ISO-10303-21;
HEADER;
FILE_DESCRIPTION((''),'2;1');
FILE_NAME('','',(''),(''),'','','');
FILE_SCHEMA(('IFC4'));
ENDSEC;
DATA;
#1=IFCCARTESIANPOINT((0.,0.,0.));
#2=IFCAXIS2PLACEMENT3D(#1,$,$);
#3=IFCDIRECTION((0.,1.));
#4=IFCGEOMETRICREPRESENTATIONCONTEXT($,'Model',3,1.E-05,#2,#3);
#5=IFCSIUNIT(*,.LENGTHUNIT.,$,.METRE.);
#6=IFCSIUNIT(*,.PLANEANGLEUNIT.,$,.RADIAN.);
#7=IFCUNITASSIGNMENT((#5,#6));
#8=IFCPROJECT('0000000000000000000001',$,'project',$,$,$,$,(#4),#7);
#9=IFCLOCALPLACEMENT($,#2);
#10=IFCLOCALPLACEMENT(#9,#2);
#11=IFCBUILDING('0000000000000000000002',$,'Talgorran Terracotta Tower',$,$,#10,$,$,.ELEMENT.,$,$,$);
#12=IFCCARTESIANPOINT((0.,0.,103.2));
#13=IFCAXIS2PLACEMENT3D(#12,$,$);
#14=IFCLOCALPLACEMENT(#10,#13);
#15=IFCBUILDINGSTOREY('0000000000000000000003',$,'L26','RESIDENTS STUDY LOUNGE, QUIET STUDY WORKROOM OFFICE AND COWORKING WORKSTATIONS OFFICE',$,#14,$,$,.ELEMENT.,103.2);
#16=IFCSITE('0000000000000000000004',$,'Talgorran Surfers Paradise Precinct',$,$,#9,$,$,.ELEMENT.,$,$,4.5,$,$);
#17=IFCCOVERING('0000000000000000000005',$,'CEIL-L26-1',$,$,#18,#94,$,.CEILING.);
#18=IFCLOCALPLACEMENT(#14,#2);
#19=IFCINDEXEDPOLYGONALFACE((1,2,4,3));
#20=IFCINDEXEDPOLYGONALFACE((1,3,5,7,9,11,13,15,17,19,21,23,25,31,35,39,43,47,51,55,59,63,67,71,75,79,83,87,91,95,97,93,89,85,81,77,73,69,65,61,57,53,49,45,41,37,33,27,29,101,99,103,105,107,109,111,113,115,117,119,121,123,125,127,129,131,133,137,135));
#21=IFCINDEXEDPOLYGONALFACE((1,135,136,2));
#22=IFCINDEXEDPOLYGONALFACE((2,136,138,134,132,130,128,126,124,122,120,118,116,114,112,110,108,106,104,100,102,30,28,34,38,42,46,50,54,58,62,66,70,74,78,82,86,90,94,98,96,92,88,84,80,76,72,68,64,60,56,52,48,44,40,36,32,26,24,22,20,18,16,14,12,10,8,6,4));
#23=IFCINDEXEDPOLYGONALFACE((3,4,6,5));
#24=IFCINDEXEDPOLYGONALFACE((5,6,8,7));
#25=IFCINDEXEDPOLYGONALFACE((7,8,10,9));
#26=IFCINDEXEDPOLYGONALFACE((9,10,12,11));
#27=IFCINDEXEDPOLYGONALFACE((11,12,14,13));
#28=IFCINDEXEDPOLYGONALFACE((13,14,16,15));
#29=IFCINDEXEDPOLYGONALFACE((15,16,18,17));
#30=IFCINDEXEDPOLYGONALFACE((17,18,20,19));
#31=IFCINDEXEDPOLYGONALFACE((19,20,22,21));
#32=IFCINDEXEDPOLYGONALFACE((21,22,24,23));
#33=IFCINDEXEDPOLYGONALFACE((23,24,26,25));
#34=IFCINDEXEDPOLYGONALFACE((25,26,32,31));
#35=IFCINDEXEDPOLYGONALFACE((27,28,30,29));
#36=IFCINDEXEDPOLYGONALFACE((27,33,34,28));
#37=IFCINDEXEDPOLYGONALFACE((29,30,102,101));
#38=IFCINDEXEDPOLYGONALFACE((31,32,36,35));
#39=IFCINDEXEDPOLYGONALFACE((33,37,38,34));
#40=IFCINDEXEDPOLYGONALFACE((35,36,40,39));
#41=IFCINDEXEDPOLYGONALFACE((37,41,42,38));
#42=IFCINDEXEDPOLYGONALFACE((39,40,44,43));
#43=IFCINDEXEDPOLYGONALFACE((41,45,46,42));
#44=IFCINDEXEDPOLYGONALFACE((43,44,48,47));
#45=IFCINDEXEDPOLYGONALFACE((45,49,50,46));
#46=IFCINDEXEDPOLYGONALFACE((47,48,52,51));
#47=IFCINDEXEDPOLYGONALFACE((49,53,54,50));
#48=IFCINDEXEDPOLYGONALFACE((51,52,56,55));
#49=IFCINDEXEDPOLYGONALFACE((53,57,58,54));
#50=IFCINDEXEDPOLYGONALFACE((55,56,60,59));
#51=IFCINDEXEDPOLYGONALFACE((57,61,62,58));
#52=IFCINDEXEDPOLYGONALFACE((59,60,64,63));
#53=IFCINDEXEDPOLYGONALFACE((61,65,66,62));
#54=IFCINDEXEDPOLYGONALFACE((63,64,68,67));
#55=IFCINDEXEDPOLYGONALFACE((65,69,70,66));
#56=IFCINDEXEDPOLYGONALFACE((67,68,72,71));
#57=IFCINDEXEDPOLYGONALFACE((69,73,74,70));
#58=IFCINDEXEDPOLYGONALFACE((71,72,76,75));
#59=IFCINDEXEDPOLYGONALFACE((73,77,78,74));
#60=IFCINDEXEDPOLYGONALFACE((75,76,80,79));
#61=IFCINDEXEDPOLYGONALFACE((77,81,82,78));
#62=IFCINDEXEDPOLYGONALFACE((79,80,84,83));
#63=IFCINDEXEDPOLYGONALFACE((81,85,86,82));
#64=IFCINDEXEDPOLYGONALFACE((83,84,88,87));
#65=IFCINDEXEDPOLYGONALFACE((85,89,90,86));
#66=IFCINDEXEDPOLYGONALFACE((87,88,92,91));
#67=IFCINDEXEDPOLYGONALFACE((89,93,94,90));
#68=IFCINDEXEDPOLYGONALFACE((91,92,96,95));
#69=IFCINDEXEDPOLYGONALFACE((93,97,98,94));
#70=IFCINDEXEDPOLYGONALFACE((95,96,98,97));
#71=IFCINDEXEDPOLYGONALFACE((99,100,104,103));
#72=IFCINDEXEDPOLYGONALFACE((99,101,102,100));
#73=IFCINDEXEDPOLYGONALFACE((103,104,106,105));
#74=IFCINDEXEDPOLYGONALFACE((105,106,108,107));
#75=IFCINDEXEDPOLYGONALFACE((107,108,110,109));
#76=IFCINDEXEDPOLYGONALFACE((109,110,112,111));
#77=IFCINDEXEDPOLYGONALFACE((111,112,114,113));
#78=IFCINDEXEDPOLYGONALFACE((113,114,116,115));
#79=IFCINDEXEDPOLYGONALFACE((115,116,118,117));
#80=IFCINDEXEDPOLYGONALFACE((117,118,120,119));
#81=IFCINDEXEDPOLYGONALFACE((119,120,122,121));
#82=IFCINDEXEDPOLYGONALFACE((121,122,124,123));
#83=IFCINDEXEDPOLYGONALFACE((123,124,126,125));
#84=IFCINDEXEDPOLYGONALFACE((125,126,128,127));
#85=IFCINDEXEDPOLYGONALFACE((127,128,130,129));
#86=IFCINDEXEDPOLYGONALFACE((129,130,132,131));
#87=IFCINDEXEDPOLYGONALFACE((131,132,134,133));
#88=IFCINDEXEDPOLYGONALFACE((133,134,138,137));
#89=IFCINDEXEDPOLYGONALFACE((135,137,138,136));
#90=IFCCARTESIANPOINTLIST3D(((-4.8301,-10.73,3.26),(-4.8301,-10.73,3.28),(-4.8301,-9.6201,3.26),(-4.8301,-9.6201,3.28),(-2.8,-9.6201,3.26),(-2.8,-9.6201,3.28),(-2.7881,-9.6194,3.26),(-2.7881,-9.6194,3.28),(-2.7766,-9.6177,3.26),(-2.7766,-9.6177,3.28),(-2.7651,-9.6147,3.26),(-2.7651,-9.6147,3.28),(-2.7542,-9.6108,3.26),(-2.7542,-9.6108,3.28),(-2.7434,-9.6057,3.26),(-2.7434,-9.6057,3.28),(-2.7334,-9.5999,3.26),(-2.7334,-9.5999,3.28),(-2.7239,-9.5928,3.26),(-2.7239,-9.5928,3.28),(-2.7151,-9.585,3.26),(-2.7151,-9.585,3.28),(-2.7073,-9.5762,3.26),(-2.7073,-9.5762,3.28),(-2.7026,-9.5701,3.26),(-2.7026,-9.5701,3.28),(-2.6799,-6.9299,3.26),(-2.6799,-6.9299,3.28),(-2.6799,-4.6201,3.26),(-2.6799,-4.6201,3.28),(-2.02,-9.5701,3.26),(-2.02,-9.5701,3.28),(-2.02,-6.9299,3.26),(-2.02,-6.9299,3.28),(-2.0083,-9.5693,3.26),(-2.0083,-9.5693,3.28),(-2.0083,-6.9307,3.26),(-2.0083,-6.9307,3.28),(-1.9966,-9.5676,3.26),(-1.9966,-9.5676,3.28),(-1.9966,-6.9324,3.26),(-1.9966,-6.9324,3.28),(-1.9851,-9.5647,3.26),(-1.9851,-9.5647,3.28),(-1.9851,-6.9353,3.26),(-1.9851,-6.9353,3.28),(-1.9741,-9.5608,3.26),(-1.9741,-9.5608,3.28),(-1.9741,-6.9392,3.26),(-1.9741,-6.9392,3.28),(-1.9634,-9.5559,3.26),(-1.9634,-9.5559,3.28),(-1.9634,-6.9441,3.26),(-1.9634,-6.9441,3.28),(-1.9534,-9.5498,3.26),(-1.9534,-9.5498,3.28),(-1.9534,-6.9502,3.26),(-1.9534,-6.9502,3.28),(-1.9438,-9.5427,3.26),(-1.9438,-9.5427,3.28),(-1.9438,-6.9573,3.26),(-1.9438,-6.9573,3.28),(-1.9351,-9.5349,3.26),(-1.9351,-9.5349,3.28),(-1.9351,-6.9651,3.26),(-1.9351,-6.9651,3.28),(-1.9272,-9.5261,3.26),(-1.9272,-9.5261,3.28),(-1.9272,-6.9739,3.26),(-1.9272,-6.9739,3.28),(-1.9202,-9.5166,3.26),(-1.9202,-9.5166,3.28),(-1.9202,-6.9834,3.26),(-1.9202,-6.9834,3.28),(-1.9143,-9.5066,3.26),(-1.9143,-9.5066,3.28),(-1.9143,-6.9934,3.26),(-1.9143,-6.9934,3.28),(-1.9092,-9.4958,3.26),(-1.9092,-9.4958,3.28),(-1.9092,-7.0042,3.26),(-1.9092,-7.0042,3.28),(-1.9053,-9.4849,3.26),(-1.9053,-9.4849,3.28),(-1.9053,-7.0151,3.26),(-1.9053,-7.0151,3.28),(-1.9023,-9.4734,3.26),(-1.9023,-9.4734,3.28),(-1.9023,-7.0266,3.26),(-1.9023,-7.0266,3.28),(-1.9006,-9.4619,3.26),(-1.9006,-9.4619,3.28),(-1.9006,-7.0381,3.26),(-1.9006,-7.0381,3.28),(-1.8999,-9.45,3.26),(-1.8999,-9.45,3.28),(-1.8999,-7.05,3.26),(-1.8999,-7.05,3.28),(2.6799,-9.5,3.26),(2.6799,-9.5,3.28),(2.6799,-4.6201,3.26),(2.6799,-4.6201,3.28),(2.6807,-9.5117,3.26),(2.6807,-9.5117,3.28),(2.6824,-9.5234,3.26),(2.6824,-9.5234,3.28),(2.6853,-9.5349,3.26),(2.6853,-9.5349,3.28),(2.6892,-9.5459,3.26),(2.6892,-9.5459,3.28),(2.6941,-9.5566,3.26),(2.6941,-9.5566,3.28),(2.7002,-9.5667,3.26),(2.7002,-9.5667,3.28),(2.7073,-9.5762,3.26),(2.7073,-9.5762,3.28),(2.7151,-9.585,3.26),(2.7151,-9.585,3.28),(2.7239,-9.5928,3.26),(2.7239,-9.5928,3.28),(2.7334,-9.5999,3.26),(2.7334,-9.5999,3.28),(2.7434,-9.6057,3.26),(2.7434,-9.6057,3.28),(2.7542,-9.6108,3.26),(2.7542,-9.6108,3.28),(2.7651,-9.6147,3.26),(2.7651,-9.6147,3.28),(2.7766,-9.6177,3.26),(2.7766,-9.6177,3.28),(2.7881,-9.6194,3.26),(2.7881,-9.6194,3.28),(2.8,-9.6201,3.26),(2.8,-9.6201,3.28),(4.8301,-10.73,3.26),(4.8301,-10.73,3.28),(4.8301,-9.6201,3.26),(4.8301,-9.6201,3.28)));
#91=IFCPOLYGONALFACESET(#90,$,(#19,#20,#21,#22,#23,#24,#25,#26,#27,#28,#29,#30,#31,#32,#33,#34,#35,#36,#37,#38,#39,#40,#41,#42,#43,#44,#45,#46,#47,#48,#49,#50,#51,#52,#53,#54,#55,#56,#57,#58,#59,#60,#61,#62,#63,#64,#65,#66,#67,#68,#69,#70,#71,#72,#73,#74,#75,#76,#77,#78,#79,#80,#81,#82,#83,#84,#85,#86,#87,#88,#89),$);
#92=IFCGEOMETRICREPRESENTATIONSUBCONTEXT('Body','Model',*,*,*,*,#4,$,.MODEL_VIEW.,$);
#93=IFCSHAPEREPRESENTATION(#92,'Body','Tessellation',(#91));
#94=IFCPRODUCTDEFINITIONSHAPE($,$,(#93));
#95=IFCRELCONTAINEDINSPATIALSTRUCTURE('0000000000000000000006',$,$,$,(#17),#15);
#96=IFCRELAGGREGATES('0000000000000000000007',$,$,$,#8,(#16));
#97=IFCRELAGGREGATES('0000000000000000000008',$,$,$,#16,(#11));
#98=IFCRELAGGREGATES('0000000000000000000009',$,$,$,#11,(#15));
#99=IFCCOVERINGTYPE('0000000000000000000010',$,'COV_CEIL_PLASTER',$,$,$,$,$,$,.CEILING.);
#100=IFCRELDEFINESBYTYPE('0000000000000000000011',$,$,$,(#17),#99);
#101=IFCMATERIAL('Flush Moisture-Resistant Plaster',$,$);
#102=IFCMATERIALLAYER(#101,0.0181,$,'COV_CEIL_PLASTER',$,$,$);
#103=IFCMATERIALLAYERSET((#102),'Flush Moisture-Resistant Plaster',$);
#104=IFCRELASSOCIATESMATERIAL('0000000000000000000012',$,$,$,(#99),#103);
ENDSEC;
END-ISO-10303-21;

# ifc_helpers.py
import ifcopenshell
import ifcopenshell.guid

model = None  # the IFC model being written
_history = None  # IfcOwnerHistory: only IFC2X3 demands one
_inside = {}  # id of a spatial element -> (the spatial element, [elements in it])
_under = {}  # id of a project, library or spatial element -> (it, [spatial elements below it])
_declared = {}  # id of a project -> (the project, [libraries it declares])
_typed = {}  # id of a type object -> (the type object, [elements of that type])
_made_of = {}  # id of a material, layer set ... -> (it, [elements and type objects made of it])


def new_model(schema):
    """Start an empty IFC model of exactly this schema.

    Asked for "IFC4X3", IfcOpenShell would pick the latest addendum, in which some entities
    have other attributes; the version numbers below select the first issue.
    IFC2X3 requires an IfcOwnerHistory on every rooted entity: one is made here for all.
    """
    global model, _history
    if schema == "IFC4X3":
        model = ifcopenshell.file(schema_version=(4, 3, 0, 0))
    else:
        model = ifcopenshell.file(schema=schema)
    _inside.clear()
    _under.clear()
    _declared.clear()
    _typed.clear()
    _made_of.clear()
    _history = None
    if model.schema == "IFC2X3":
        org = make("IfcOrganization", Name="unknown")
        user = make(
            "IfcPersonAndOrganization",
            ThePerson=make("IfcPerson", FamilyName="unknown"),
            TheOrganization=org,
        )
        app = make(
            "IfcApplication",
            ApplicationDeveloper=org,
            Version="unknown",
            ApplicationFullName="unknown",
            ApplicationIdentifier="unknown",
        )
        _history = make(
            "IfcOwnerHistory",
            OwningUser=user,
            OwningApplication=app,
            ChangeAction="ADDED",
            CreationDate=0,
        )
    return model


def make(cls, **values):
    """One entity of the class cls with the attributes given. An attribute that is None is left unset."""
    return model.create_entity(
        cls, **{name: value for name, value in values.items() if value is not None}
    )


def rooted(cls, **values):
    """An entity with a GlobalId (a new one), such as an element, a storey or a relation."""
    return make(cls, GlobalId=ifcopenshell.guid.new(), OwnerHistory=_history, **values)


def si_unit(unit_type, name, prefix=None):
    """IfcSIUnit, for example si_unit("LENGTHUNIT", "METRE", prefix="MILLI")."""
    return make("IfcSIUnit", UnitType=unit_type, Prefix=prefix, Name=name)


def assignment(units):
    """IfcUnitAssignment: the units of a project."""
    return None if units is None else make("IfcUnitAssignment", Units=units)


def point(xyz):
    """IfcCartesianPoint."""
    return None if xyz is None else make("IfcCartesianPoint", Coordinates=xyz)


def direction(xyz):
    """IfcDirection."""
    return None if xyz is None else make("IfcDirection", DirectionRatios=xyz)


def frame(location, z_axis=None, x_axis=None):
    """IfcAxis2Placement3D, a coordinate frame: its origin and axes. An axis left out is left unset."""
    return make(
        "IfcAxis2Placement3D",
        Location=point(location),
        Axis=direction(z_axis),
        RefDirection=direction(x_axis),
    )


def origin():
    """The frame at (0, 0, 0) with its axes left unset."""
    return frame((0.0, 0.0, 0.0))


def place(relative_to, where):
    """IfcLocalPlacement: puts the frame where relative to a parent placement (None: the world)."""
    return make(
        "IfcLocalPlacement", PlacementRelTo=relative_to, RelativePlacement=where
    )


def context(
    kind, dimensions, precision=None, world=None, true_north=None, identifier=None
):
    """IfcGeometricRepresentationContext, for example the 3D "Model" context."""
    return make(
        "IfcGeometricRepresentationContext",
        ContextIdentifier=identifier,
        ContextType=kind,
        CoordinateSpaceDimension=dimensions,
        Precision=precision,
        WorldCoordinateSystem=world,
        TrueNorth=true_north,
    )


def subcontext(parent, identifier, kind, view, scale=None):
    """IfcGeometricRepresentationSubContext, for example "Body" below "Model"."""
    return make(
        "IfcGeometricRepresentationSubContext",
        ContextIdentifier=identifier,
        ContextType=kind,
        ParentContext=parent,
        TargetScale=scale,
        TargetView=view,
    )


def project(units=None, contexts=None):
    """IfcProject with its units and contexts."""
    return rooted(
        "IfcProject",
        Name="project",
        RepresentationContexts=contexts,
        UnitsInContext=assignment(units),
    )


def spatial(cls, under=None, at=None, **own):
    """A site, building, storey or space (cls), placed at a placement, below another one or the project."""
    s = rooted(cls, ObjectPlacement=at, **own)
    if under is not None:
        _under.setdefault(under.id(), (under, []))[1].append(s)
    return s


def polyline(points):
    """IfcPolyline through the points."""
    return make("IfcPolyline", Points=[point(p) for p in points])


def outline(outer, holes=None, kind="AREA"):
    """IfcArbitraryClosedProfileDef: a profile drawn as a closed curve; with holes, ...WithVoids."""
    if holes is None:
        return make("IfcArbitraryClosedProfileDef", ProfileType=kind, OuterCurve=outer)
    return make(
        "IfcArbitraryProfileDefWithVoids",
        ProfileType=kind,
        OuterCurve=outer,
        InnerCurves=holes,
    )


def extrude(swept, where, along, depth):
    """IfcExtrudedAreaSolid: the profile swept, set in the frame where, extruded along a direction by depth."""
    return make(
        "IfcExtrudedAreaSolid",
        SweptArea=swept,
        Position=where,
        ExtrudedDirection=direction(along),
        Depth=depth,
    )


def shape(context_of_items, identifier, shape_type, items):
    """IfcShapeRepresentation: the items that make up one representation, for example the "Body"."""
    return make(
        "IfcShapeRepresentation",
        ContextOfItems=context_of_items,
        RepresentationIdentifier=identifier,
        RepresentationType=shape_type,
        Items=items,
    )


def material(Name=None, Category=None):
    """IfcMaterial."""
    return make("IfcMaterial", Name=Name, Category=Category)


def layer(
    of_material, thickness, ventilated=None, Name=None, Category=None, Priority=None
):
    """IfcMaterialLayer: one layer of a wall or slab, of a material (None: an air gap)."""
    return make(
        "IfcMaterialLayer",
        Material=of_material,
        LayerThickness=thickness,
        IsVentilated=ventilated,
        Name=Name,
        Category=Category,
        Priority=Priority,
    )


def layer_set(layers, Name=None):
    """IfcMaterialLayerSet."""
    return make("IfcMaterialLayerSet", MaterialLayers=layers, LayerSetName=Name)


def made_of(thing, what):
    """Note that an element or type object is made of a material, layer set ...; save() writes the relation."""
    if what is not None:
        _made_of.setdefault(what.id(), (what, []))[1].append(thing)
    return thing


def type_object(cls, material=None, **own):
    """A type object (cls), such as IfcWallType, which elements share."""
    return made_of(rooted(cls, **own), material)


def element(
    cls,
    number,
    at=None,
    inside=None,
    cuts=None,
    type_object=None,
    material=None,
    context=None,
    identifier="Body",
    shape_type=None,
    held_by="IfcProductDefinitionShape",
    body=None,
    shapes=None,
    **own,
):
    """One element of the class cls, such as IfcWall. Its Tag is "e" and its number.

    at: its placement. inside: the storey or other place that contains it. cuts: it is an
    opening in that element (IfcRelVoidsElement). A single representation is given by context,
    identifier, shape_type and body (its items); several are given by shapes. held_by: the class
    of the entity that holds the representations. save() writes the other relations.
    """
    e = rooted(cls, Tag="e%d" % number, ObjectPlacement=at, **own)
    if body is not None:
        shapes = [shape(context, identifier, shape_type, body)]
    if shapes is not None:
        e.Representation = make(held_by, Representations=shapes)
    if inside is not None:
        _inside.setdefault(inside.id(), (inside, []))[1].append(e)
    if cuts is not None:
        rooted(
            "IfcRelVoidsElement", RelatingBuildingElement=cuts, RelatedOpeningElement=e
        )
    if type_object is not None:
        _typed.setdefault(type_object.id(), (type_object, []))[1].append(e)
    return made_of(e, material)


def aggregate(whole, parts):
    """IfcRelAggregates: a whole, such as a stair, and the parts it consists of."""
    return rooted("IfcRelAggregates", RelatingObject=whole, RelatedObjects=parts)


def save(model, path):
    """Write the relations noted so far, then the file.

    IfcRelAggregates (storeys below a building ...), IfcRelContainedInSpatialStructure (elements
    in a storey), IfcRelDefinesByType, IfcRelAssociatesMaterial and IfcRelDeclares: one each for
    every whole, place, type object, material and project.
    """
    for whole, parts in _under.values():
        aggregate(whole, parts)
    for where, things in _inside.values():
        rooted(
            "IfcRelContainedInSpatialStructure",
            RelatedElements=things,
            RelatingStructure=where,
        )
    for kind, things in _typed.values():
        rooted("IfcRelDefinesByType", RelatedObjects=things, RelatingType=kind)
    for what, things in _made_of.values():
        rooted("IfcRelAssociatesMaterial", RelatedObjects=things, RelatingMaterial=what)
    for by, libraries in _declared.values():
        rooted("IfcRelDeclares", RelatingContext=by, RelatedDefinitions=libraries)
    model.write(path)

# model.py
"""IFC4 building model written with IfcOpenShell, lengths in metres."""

from ifc_helpers import new_model, si_unit, direction, frame, origin, place, context, subcontext, project, spatial, polyline, outline, extrude, material, layer, layer_set, type_object, element, save


model = new_model("IFC4")

# Units and contexts
model_context = context("Model", 3, precision=1e-05, world=origin(), true_north=direction((0.0, 1.0)))
body_context = subcontext(model_context, "Body", "Model", "MODEL_VIEW")
ifc_project = project(units=[si_unit("LENGTHUNIT", "METRE"), si_unit("PLANEANGLEUNIT", "RADIAN")], contexts=[model_context])

# Site, building, storey
site_placement = place(None, origin())
site = spatial("IfcSite", under=ifc_project, at=site_placement, Name="Talgorran Surfers Paradise Precinct", CompositionType="ELEMENT", RefElevation=4.5)
building_placement = place(site_placement, origin())
building = spatial("IfcBuilding", under=site, at=building_placement, Name="Talgorran Terracotta Tower", CompositionType="ELEMENT")
storey_placement = place(building_placement, frame((0.0, 0.0, 103.2)))
storey = spatial("IfcBuildingStorey", under=building, at=storey_placement, Name="L26", Description="RESIDENTS STUDY LOUNGE, QUIET STUDY WORKROOM OFFICE AND COWORKING WORKSTATIONS OFFICE", CompositionType="ELEMENT", Elevation=103.2)

# Covering
ifc_material_1 = material(Name="Flush Moisture-Resistant Plaster")
ifc_layer_1 = layer(ifc_material_1, 0.0181, Name="COV_CEIL_PLASTER")
ifc_layer_set_1 = layer_set([ifc_layer_1], Name="Flush Moisture-Resistant Plaster")
covering_type_1 = type_object("IfcCoveringType", Name="COV_CEIL_PLASTER", PredefinedType="CEILING", material=ifc_layer_set_1)
covering_1_placement = place(storey_placement, frame((0.0, 0.0, 3.26)))
element("IfcCovering", 1, at=covering_1_placement, inside=storey, type_object=covering_type_1, Name="CEIL-L26-1", PredefinedType="CEILING", context=body_context, shape_type="SweptSolid", body=[
    extrude(outline(polyline([(-2.7026, -9.5701), (-2.02, -9.5701), (-2.0083, -9.5693), (-1.9966, -9.5676), (-1.9851, -9.5647), (-1.9741, -9.5608), (-1.9634, -9.5559), (-1.9534, -9.5498), (-1.9438, -9.5427), (-1.9351, -9.5349), (-1.9272, -9.5261), (-1.9202, -9.5166), (-1.9143, -9.5066), (-1.9092, -9.4958), (-1.9053, -9.4849), (-1.9023, -9.4734), (-1.9006, -9.4619), (-1.8999, -9.45), (-1.8999, -7.05), (-1.9006, -7.0381), (-1.9023, -7.0266), (-1.9053, -7.0151), (-1.9092, -7.0042), (-1.9143, -6.9934), (-1.9202, -6.9834), (-1.9272, -6.9739), (-1.9351, -6.9651), (-1.9438, -6.9573), (-1.9534, -6.9502), (-1.9634, -6.9441), (-1.9741, -6.9392), (-1.9851, -6.9353), (-1.9966, -6.9324), (-2.0083, -6.9307), (-2.02, -6.9299), (-2.6799, -6.9299), (-2.6799, -4.6201), (2.6799, -4.6201), (2.6799, -9.5), (2.6807, -9.5117), (2.6824, -9.5234), (2.6853, -9.5349), (2.6892, -9.5459), (2.6941, -9.5566), (2.7002, -9.5667), (2.7073, -9.5762), (2.7151, -9.585), (2.7239, -9.5928), (2.7334, -9.5999), (2.7434, -9.6057), (2.7542, -9.6108), (2.7651, -9.6147), (2.7766, -9.6177), (2.7881, -9.6194), (2.8, -9.6201), (4.8301, -9.6201), (4.8301, -10.73), (-4.8301, -10.73), (-4.8301, -9.6201), (-2.8, -9.6201), (-2.7881, -9.6194), (-2.7766, -9.6177), (-2.7651, -9.6147), (-2.7542, -9.6108), (-2.7434, -9.6057), (-2.7334, -9.5999), (-2.7239, -9.5928), (-2.7151, -9.585), (-2.7073, -9.5762), (-2.7026, -9.5701)])), origin(), (0.0, 0.0, 1.0), 0.02),
])

save(model, "model.ifc")
